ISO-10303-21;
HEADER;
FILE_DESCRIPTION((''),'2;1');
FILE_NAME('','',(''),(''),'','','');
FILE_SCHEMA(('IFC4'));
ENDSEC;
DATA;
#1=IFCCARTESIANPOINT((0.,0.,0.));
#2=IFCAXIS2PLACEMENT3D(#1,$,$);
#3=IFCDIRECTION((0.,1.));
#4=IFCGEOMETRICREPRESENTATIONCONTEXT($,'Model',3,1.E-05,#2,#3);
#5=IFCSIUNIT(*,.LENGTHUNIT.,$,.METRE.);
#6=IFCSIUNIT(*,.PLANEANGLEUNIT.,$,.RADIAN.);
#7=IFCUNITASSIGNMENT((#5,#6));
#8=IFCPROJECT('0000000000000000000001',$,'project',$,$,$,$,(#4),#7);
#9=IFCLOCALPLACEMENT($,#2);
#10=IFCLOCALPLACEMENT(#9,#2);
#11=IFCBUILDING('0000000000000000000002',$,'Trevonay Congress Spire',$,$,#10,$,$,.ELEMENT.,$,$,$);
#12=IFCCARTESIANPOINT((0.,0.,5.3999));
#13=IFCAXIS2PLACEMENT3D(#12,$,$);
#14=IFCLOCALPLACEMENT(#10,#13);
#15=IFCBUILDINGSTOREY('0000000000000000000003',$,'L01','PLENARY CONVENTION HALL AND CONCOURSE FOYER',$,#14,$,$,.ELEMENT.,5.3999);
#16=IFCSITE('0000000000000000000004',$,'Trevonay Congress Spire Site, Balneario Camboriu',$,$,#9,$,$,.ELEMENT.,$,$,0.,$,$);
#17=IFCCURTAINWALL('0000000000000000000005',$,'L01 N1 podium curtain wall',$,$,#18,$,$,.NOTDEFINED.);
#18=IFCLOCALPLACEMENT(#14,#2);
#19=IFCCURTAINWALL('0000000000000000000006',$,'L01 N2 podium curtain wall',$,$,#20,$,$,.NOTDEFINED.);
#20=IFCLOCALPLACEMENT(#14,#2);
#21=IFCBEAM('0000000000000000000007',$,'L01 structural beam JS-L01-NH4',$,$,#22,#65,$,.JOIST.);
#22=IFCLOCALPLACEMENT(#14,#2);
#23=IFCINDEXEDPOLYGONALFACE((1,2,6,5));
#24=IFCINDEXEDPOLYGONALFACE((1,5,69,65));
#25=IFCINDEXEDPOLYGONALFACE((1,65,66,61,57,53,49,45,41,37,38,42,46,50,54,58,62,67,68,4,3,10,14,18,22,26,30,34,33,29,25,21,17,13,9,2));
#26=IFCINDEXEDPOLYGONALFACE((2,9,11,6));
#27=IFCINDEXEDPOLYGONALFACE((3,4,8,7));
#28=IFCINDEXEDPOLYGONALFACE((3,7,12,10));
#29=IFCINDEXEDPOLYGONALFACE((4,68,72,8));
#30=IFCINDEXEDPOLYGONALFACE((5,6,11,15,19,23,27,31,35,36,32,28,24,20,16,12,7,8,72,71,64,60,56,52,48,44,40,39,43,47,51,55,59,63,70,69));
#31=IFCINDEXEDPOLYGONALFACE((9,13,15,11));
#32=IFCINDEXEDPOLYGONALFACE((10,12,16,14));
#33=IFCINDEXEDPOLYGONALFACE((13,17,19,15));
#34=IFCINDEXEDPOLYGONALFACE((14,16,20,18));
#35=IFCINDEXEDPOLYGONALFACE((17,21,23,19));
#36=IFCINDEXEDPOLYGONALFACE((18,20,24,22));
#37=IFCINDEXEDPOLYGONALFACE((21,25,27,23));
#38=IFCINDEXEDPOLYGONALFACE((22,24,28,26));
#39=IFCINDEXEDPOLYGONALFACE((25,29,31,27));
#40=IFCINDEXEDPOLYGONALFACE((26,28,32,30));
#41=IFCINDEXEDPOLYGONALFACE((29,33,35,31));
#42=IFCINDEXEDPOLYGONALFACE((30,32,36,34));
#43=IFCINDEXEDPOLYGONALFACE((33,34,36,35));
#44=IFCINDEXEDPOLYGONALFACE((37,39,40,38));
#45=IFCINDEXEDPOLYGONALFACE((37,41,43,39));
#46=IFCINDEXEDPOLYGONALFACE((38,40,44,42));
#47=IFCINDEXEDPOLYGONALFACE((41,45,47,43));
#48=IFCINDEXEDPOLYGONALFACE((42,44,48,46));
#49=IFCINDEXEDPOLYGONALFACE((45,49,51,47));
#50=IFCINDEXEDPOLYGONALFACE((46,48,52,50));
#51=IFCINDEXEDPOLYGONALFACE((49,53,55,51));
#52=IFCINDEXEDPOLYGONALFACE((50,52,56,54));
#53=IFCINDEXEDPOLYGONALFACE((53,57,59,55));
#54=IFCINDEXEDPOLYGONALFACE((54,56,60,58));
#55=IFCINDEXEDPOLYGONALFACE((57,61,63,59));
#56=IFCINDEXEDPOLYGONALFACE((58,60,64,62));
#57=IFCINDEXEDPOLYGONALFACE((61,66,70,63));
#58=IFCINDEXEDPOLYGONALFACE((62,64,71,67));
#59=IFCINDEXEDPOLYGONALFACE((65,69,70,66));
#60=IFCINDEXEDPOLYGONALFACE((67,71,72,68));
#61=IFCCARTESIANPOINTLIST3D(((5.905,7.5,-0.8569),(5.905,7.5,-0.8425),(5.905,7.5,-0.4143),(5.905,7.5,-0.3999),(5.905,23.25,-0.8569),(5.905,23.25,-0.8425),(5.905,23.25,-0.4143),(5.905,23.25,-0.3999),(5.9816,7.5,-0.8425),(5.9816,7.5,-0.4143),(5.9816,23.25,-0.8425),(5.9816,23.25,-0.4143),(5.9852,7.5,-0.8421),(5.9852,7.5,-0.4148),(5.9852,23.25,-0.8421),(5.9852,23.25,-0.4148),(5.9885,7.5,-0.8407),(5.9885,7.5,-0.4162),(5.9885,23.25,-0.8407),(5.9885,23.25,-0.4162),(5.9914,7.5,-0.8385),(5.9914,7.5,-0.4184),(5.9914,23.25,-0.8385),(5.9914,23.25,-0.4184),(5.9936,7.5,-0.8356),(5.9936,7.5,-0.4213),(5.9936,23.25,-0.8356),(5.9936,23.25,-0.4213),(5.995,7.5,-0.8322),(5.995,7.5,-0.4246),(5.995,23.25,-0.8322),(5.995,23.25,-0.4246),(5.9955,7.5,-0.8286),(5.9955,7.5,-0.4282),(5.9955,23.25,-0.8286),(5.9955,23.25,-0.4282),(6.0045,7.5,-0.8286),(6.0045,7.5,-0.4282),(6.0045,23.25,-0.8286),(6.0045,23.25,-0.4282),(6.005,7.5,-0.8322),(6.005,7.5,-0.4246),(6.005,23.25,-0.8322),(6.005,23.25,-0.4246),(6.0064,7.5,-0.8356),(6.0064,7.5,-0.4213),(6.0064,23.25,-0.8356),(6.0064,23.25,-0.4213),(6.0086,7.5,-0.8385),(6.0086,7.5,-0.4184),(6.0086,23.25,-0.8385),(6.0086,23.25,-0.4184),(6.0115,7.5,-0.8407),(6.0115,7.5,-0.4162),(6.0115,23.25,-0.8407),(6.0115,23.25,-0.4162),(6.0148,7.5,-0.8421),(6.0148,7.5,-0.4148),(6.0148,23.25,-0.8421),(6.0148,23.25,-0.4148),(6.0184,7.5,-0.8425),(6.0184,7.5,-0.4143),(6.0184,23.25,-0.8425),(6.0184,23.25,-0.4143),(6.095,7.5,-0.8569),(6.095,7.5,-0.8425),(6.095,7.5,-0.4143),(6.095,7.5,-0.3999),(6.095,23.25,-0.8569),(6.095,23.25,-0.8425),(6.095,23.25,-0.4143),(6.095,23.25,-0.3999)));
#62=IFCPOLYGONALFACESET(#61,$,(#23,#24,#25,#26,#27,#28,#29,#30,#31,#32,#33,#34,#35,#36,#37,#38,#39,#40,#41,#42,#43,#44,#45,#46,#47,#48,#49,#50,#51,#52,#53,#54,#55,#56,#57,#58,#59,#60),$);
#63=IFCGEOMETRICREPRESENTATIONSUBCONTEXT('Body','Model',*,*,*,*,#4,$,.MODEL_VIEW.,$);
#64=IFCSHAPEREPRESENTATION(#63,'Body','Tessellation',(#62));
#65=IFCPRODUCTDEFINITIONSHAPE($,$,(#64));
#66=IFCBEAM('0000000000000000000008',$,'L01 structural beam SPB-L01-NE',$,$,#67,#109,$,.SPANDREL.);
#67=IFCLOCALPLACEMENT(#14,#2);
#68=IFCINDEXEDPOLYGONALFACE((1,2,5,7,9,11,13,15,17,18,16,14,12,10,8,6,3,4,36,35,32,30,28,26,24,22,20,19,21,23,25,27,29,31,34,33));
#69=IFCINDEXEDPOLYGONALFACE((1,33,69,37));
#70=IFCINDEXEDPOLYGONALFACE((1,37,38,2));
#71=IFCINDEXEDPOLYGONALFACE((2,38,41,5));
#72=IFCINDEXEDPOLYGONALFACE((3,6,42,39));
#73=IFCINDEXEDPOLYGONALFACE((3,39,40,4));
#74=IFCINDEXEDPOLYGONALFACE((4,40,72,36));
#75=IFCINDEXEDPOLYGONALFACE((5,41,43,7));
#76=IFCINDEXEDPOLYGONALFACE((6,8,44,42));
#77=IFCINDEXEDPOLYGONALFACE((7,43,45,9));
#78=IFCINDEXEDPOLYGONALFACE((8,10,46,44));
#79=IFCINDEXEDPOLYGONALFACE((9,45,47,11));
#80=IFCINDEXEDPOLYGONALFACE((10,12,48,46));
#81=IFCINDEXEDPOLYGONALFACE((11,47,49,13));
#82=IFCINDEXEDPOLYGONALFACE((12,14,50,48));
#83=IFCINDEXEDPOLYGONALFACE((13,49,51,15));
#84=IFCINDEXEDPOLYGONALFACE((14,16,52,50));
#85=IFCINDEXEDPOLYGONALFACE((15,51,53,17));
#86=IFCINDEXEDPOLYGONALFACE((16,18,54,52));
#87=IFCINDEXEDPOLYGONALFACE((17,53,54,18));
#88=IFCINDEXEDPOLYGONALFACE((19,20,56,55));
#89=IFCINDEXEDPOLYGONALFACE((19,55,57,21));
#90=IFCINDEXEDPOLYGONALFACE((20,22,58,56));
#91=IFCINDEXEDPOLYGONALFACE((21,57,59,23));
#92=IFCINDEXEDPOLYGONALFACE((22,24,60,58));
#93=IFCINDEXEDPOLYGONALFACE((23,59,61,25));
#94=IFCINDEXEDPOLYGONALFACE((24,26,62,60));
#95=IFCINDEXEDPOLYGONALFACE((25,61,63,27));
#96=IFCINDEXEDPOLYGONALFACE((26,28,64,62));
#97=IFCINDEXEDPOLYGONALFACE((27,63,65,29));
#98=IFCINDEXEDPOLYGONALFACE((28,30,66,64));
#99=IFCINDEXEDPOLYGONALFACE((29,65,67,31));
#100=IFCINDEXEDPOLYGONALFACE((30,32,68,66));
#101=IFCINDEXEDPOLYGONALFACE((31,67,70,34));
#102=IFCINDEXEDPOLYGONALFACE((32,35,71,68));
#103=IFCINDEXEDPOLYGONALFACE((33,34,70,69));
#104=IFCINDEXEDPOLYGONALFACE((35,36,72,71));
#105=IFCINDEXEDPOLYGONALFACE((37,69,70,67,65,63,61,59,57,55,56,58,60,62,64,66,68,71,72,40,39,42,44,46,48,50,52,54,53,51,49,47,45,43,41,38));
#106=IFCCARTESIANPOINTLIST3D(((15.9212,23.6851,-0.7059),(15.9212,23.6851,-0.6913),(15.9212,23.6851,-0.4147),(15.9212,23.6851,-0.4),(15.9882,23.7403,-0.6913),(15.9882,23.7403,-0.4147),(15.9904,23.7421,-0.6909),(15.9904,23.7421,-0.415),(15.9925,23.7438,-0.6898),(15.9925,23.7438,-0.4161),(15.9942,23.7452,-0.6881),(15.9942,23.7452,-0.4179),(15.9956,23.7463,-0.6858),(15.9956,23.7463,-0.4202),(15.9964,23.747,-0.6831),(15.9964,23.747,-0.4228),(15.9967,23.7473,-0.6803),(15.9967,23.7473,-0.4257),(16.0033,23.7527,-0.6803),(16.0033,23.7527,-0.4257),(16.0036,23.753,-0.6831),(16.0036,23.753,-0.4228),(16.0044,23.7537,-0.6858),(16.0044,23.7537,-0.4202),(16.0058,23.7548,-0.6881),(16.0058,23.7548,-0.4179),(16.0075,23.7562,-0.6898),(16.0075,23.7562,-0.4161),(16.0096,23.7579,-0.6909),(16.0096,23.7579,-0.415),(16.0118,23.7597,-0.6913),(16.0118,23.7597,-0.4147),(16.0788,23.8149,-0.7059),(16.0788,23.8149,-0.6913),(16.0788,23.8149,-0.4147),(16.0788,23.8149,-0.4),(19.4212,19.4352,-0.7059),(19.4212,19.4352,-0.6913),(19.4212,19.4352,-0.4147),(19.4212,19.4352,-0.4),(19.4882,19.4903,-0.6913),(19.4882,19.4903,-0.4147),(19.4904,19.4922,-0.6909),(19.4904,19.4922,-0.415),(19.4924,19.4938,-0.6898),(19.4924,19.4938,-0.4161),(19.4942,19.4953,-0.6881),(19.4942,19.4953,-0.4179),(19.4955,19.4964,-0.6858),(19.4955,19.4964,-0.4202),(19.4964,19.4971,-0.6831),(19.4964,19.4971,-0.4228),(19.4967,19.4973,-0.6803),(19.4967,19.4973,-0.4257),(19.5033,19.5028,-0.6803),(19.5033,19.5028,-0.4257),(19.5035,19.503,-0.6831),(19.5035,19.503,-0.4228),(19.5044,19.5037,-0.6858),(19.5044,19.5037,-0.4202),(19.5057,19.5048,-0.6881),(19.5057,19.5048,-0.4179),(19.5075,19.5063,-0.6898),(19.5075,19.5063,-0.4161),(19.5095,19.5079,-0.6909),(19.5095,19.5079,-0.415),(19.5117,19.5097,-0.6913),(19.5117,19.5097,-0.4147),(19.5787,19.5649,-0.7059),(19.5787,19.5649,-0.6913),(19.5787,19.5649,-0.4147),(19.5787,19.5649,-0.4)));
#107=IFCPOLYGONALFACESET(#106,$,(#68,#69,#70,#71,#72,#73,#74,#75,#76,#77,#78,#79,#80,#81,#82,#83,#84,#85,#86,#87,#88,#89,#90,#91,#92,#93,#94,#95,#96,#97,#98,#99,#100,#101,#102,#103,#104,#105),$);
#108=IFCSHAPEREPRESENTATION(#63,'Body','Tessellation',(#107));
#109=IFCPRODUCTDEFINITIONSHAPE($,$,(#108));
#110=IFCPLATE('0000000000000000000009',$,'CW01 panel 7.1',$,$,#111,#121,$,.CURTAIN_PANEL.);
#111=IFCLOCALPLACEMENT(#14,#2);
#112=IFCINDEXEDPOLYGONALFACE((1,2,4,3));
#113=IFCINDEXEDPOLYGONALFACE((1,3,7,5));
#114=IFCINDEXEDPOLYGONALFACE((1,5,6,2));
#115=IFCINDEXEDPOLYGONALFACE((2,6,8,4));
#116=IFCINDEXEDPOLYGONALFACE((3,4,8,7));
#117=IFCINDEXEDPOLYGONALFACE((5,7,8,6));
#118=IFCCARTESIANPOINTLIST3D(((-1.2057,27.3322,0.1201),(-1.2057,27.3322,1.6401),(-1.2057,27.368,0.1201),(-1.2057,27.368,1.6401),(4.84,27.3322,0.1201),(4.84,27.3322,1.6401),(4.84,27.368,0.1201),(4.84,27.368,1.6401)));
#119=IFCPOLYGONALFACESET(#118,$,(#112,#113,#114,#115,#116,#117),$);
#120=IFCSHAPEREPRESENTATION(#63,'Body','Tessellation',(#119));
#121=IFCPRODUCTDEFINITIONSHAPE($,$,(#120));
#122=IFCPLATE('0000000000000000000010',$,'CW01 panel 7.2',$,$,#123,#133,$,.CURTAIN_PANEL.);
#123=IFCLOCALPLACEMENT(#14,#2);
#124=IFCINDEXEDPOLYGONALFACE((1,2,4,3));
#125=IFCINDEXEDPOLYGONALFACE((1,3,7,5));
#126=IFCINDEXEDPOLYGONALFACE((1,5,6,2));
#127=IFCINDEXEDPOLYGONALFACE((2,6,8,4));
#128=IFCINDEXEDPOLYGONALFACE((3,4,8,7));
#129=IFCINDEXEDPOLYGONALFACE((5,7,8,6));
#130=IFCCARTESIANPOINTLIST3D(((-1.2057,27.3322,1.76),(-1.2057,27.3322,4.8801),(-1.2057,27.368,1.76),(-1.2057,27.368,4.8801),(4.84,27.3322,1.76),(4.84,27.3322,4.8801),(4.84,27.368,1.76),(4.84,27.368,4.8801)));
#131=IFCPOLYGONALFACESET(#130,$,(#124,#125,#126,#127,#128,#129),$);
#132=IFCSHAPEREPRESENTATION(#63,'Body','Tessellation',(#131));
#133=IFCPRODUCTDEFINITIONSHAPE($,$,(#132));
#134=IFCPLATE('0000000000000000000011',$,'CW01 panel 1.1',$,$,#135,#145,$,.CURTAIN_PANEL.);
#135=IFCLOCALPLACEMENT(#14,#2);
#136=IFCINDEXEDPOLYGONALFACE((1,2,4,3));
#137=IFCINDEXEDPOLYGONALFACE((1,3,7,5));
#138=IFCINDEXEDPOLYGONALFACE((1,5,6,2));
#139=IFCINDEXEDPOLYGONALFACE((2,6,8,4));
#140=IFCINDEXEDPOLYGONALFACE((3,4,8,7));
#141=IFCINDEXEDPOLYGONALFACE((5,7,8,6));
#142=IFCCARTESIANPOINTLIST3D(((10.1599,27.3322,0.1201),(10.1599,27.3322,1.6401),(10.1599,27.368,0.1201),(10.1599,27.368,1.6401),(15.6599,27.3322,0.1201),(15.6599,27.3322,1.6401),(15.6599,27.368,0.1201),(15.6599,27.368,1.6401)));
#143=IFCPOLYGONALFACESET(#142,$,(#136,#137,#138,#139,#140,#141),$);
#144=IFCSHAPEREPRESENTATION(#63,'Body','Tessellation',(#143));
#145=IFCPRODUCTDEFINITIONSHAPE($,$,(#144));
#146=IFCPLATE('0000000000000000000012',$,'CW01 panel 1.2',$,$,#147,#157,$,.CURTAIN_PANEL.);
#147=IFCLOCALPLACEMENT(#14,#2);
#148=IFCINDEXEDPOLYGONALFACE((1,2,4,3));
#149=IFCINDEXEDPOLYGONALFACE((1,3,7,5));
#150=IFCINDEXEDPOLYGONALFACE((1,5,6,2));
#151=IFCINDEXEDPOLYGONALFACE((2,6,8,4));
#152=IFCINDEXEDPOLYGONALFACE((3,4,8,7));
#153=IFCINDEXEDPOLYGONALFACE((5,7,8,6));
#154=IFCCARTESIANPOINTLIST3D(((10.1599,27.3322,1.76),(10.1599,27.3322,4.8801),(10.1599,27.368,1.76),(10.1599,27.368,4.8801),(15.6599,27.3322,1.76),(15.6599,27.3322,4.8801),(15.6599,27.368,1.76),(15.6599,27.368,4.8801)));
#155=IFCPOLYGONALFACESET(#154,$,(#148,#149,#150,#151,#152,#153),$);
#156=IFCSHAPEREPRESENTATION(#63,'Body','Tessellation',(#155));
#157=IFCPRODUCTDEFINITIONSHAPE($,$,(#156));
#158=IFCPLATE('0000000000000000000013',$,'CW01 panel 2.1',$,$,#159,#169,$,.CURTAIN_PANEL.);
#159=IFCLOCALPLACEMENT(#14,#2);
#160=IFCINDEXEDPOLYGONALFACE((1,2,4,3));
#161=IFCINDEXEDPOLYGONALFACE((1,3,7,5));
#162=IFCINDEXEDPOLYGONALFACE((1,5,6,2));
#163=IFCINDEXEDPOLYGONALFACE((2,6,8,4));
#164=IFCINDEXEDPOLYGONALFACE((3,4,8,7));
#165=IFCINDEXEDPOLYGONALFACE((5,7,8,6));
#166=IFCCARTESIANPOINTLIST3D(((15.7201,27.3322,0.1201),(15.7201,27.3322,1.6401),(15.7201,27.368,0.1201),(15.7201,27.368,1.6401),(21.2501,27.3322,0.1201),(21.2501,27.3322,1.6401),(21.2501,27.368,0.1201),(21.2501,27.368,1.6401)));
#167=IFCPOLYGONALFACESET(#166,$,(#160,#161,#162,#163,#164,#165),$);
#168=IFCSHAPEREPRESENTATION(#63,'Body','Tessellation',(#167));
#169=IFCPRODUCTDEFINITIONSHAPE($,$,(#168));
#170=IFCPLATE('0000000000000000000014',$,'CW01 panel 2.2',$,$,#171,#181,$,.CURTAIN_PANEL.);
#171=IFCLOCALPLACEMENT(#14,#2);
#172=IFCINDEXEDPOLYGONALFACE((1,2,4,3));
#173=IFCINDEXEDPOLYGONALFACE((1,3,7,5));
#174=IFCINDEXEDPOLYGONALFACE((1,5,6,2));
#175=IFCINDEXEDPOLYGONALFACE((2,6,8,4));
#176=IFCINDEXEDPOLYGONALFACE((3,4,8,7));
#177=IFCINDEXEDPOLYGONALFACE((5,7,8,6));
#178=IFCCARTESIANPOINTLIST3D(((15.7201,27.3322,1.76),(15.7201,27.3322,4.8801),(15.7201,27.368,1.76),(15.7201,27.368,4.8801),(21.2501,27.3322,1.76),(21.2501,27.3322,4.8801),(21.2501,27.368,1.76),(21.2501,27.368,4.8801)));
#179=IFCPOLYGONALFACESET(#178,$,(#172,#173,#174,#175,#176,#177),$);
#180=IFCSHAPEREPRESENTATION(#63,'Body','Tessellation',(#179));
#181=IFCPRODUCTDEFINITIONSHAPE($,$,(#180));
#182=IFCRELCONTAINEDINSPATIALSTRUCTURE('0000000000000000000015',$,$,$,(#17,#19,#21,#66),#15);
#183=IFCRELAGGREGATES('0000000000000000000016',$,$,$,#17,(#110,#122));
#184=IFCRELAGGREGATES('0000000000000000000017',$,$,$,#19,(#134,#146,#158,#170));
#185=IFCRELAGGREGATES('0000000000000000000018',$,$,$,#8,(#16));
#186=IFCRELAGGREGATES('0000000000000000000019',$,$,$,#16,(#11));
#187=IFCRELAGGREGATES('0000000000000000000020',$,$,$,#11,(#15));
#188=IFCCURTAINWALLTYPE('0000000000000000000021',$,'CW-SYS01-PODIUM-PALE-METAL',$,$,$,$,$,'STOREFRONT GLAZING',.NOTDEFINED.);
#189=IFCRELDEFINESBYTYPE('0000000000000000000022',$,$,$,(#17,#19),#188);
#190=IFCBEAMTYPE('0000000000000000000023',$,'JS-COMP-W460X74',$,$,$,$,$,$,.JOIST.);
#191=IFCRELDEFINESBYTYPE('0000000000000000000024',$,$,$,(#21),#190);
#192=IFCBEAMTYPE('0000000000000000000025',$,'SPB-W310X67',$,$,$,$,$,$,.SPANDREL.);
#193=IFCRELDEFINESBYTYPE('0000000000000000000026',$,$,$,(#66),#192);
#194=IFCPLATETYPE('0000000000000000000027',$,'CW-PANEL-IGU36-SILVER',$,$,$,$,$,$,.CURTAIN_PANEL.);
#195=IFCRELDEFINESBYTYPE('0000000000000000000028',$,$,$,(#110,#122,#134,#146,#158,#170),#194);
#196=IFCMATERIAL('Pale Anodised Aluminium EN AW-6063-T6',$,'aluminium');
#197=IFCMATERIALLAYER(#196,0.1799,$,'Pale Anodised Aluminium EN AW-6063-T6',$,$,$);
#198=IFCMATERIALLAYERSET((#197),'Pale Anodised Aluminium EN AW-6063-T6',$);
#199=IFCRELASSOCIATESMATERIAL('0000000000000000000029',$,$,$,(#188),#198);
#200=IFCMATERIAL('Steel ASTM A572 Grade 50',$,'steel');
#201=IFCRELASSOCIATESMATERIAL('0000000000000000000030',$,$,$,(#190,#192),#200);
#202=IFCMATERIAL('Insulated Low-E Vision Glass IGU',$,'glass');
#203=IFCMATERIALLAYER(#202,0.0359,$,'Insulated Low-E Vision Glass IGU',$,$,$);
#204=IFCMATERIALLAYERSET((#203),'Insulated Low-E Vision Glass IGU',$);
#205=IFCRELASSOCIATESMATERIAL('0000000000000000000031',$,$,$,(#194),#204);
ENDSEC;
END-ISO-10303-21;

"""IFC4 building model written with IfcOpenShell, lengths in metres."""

from ifc_helpers import new_model, si_unit, direction, frame, origin, origin_2d, place, context, subcontext, project, spatial, rectangle, i_section, extrude, material, layer, layer_set, material_profile, profile_set, type_object, element, aggregate, save


model = new_model("IFC4")

# Units and contexts
model_context = context("Model", 3, precision=1e-05, world=origin(), true_north=direction((0.0, 1.0)))
body_context = subcontext(model_context, "Body", "Model", "MODEL_VIEW")
ifc_project = project(units=[si_unit("LENGTHUNIT", "METRE"), si_unit("PLANEANGLEUNIT", "RADIAN")], contexts=[model_context])

# Site, building, storey
site_placement = place(None, origin())
site = spatial("IfcSite", under=ifc_project, at=site_placement, Name="Trevonay Congress Spire Site, Balneario Camboriu", CompositionType="ELEMENT", RefElevation=0.0)
building_placement = place(site_placement, origin())
building = spatial("IfcBuilding", under=site, at=building_placement, Name="Trevonay Congress Spire", CompositionType="ELEMENT")
storey_placement = place(building_placement, frame((0.0, 0.0, 5.3999)))
storey = spatial("IfcBuildingStorey", under=building, at=storey_placement, Name="L01", Description="PLENARY CONVENTION HALL AND CONCOURSE FOYER", CompositionType="ELEMENT", Elevation=5.3999)

# Shared definitions
ifc_material_1 = material(Name="Steel ASTM A572 Grade 50", Category="steel")

# Curtain wall
ifc_material_2 = material(Name="Pale Anodised Aluminium EN AW-6063-T6", Category="aluminium")
ifc_layer_1 = layer(ifc_material_2, 0.1799, Name="Pale Anodised Aluminium EN AW-6063-T6")
ifc_layer_set_1 = layer_set([ifc_layer_1], Name="Pale Anodised Aluminium EN AW-6063-T6")
curtain_wall_type = type_object("IfcCurtainWallType", Name="CW-SYS01-PODIUM-PALE-METAL", ElementType="STOREFRONT GLAZING", PredefinedType="NOTDEFINED", material=ifc_layer_set_1)
curtain_wall_1_placement = place(storey_placement, origin())
curtain_wall_1 = element("IfcCurtainWall", 1, at=curtain_wall_1_placement, inside=storey, type_object=curtain_wall_type, Name="L01 N1 podium curtain wall", PredefinedType="NOTDEFINED")

# Curtain wall
curtain_wall_2_placement = place(storey_placement, origin())
curtain_wall_2 = element("IfcCurtainWall", 2, at=curtain_wall_2_placement, inside=storey, type_object=curtain_wall_type, Name="L01 N2 podium curtain wall", PredefinedType="NOTDEFINED")

# Beams
ifc_material_profile_1 = material_profile(ifc_material_1, i_section(OverallWidth=0.1899, OverallDepth=0.457, WebThickness=0.009, FlangeThickness=0.0144, FilletRadius=0.0139, at=origin_2d()), Name="W460x74")
ifc_profile_set_1 = profile_set([ifc_material_profile_1], Name="Steel ASTM A572 Grade 50")
beam_type_1 = type_object("IfcBeamType", Name="JS-COMP-W460X74", PredefinedType="JOIST", material=ifc_profile_set_1)
for number, where, z_axis, x_axis, name in (
    (3, (6.0, 7.5, -0.6284), (0.0, 1.0, 0.0), (-1.0, 0.0, 0.0), "L01 structural beam JS-L01-NH4"),
):
    element("IfcBeam", number, at=place(storey_placement, frame(where, z_axis=z_axis, x_axis=x_axis)), inside=storey, type_object=beam_type_1, Name=name, PredefinedType="JOIST", context=body_context, shape_type="SweptSolid", body=[
        extrude(i_section(OverallWidth=0.1899, OverallDepth=0.457, WebThickness=0.009, FlangeThickness=0.0144, FilletRadius=0.0139, at=origin_2d()), origin(), (0.0, 0.0, 1.0), 15.75),
    ])
ifc_material_profile_2 = material_profile(ifc_material_1, i_section(OverallWidth=0.2041, OverallDepth=0.3059, WebThickness=0.0085, FlangeThickness=0.0146, FilletRadius=0.011, at=origin_2d()), Name="W310x67")
ifc_profile_set_2 = profile_set([ifc_material_profile_2], Name="Steel ASTM A572 Grade 50")
beam_type_2 = type_object("IfcBeamType", Name="SPB-W310X67", PredefinedType="SPANDREL", material=ifc_profile_set_2)
beam_1_placement = place(storey_placement, frame((16.0, 23.75, -0.553), z_axis=(0.635707, -0.77193, 0.0), x_axis=(0.77193, 0.635707, 0.0)))
element("IfcBeam", 4, at=beam_1_placement, inside=storey, type_object=beam_type_2, Name="L01 structural beam SPB-L01-NE", PredefinedType="SPANDREL", context=body_context, shape_type="SweptSolid", body=[
    extrude(i_section(OverallWidth=0.2041, OverallDepth=0.3059, WebThickness=0.0085, FlangeThickness=0.0146, FilletRadius=0.011, at=origin_2d()), origin(), (0.0, 0.0, 1.0), 5.5056),
])

# Plates
ifc_material_3 = material(Name="Insulated Low-E Vision Glass IGU", Category="glass")
ifc_layer_2 = layer(ifc_material_3, 0.0359, Name="Insulated Low-E Vision Glass IGU")
ifc_layer_set_2 = layer_set([ifc_layer_2], Name="Insulated Low-E Vision Glass IGU")
plate_type = type_object("IfcPlateType", Name="CW-PANEL-IGU36-SILVER", PredefinedType="CURTAIN_PANEL", material=ifc_layer_set_2)
plate_1_placement = place(storey_placement, frame((1.8171, 27.3501, 0.1201), z_axis=(0.0, 0.0, 1.0), x_axis=(1.0, 0.0, 0.0)))
plate_1 = element("IfcPlate", 5, at=plate_1_placement, type_object=plate_type, Name="CW01 panel 7.1", PredefinedType="CURTAIN_PANEL", context=body_context, shape_type="SweptSolid", body=[
    extrude(rectangle(XDim=6.0457, YDim=0.0359, at=origin_2d()), origin(), (0.0, 0.0, 1.0), 1.52),
])
plate_2_placement = place(storey_placement, frame((1.8171, 27.3501, 1.76), z_axis=(0.0, 0.0, 1.0), x_axis=(1.0, 0.0, 0.0)))
plate_2 = element("IfcPlate", 6, at=plate_2_placement, type_object=plate_type, Name="CW01 panel 7.2", PredefinedType="CURTAIN_PANEL", context=body_context, shape_type="SweptSolid", body=[
    extrude(rectangle(XDim=6.0457, YDim=0.0359, at=origin_2d()), origin(), (0.0, 0.0, 1.0), 3.1201),
])
aggregate(curtain_wall_1, [plate_1, plate_2])
plate_3_placement = place(storey_placement, frame((12.9099, 27.3501, 0.1201), z_axis=(0.0, 0.0, 1.0), x_axis=(1.0, 0.0, 0.0)))
plate_3 = element("IfcPlate", 7, at=plate_3_placement, type_object=plate_type, Name="CW01 panel 1.1", PredefinedType="CURTAIN_PANEL", context=body_context, shape_type="SweptSolid", body=[
    extrude(rectangle(XDim=5.5, YDim=0.0359, at=origin_2d()), origin(), (0.0, 0.0, 1.0), 1.52),
])
plate_4_placement = place(storey_placement, frame((12.9099, 27.3501, 1.76), z_axis=(0.0, 0.0, 1.0), x_axis=(1.0, 0.0, 0.0)))
plate_4 = element("IfcPlate", 8, at=plate_4_placement, type_object=plate_type, Name="CW01 panel 1.2", PredefinedType="CURTAIN_PANEL", context=body_context, shape_type="SweptSolid", body=[
    extrude(rectangle(XDim=5.5, YDim=0.0359, at=origin_2d()), origin(), (0.0, 0.0, 1.0), 3.1201),
])
plate_5_placement = place(storey_placement, frame((18.4851, 27.3501, 0.1201), z_axis=(0.0, 0.0, 1.0), x_axis=(1.0, 0.0, 0.0)))
plate_5 = element("IfcPlate", 9, at=plate_5_placement, type_object=plate_type, Name="CW01 panel 2.1", PredefinedType="CURTAIN_PANEL", context=body_context, shape_type="SweptSolid", body=[
    extrude(rectangle(XDim=5.53, YDim=0.0359, at=origin_2d()), origin(), (0.0, 0.0, 1.0), 1.52),
])
plate_6_placement = place(storey_placement, frame((18.4851, 27.3501, 1.76), z_axis=(0.0, 0.0, 1.0), x_axis=(1.0, 0.0, 0.0)))
plate_6 = element("IfcPlate", 10, at=plate_6_placement, type_object=plate_type, Name="CW01 panel 2.2", PredefinedType="CURTAIN_PANEL", context=body_context, shape_type="SweptSolid", body=[
    extrude(rectangle(XDim=5.53, YDim=0.0359, at=origin_2d()), origin(), (0.0, 0.0, 1.0), 3.1201),
])
aggregate(curtain_wall_2, [plate_3, plate_4, plate_5, plate_6])

save(model, "model.ifc")
